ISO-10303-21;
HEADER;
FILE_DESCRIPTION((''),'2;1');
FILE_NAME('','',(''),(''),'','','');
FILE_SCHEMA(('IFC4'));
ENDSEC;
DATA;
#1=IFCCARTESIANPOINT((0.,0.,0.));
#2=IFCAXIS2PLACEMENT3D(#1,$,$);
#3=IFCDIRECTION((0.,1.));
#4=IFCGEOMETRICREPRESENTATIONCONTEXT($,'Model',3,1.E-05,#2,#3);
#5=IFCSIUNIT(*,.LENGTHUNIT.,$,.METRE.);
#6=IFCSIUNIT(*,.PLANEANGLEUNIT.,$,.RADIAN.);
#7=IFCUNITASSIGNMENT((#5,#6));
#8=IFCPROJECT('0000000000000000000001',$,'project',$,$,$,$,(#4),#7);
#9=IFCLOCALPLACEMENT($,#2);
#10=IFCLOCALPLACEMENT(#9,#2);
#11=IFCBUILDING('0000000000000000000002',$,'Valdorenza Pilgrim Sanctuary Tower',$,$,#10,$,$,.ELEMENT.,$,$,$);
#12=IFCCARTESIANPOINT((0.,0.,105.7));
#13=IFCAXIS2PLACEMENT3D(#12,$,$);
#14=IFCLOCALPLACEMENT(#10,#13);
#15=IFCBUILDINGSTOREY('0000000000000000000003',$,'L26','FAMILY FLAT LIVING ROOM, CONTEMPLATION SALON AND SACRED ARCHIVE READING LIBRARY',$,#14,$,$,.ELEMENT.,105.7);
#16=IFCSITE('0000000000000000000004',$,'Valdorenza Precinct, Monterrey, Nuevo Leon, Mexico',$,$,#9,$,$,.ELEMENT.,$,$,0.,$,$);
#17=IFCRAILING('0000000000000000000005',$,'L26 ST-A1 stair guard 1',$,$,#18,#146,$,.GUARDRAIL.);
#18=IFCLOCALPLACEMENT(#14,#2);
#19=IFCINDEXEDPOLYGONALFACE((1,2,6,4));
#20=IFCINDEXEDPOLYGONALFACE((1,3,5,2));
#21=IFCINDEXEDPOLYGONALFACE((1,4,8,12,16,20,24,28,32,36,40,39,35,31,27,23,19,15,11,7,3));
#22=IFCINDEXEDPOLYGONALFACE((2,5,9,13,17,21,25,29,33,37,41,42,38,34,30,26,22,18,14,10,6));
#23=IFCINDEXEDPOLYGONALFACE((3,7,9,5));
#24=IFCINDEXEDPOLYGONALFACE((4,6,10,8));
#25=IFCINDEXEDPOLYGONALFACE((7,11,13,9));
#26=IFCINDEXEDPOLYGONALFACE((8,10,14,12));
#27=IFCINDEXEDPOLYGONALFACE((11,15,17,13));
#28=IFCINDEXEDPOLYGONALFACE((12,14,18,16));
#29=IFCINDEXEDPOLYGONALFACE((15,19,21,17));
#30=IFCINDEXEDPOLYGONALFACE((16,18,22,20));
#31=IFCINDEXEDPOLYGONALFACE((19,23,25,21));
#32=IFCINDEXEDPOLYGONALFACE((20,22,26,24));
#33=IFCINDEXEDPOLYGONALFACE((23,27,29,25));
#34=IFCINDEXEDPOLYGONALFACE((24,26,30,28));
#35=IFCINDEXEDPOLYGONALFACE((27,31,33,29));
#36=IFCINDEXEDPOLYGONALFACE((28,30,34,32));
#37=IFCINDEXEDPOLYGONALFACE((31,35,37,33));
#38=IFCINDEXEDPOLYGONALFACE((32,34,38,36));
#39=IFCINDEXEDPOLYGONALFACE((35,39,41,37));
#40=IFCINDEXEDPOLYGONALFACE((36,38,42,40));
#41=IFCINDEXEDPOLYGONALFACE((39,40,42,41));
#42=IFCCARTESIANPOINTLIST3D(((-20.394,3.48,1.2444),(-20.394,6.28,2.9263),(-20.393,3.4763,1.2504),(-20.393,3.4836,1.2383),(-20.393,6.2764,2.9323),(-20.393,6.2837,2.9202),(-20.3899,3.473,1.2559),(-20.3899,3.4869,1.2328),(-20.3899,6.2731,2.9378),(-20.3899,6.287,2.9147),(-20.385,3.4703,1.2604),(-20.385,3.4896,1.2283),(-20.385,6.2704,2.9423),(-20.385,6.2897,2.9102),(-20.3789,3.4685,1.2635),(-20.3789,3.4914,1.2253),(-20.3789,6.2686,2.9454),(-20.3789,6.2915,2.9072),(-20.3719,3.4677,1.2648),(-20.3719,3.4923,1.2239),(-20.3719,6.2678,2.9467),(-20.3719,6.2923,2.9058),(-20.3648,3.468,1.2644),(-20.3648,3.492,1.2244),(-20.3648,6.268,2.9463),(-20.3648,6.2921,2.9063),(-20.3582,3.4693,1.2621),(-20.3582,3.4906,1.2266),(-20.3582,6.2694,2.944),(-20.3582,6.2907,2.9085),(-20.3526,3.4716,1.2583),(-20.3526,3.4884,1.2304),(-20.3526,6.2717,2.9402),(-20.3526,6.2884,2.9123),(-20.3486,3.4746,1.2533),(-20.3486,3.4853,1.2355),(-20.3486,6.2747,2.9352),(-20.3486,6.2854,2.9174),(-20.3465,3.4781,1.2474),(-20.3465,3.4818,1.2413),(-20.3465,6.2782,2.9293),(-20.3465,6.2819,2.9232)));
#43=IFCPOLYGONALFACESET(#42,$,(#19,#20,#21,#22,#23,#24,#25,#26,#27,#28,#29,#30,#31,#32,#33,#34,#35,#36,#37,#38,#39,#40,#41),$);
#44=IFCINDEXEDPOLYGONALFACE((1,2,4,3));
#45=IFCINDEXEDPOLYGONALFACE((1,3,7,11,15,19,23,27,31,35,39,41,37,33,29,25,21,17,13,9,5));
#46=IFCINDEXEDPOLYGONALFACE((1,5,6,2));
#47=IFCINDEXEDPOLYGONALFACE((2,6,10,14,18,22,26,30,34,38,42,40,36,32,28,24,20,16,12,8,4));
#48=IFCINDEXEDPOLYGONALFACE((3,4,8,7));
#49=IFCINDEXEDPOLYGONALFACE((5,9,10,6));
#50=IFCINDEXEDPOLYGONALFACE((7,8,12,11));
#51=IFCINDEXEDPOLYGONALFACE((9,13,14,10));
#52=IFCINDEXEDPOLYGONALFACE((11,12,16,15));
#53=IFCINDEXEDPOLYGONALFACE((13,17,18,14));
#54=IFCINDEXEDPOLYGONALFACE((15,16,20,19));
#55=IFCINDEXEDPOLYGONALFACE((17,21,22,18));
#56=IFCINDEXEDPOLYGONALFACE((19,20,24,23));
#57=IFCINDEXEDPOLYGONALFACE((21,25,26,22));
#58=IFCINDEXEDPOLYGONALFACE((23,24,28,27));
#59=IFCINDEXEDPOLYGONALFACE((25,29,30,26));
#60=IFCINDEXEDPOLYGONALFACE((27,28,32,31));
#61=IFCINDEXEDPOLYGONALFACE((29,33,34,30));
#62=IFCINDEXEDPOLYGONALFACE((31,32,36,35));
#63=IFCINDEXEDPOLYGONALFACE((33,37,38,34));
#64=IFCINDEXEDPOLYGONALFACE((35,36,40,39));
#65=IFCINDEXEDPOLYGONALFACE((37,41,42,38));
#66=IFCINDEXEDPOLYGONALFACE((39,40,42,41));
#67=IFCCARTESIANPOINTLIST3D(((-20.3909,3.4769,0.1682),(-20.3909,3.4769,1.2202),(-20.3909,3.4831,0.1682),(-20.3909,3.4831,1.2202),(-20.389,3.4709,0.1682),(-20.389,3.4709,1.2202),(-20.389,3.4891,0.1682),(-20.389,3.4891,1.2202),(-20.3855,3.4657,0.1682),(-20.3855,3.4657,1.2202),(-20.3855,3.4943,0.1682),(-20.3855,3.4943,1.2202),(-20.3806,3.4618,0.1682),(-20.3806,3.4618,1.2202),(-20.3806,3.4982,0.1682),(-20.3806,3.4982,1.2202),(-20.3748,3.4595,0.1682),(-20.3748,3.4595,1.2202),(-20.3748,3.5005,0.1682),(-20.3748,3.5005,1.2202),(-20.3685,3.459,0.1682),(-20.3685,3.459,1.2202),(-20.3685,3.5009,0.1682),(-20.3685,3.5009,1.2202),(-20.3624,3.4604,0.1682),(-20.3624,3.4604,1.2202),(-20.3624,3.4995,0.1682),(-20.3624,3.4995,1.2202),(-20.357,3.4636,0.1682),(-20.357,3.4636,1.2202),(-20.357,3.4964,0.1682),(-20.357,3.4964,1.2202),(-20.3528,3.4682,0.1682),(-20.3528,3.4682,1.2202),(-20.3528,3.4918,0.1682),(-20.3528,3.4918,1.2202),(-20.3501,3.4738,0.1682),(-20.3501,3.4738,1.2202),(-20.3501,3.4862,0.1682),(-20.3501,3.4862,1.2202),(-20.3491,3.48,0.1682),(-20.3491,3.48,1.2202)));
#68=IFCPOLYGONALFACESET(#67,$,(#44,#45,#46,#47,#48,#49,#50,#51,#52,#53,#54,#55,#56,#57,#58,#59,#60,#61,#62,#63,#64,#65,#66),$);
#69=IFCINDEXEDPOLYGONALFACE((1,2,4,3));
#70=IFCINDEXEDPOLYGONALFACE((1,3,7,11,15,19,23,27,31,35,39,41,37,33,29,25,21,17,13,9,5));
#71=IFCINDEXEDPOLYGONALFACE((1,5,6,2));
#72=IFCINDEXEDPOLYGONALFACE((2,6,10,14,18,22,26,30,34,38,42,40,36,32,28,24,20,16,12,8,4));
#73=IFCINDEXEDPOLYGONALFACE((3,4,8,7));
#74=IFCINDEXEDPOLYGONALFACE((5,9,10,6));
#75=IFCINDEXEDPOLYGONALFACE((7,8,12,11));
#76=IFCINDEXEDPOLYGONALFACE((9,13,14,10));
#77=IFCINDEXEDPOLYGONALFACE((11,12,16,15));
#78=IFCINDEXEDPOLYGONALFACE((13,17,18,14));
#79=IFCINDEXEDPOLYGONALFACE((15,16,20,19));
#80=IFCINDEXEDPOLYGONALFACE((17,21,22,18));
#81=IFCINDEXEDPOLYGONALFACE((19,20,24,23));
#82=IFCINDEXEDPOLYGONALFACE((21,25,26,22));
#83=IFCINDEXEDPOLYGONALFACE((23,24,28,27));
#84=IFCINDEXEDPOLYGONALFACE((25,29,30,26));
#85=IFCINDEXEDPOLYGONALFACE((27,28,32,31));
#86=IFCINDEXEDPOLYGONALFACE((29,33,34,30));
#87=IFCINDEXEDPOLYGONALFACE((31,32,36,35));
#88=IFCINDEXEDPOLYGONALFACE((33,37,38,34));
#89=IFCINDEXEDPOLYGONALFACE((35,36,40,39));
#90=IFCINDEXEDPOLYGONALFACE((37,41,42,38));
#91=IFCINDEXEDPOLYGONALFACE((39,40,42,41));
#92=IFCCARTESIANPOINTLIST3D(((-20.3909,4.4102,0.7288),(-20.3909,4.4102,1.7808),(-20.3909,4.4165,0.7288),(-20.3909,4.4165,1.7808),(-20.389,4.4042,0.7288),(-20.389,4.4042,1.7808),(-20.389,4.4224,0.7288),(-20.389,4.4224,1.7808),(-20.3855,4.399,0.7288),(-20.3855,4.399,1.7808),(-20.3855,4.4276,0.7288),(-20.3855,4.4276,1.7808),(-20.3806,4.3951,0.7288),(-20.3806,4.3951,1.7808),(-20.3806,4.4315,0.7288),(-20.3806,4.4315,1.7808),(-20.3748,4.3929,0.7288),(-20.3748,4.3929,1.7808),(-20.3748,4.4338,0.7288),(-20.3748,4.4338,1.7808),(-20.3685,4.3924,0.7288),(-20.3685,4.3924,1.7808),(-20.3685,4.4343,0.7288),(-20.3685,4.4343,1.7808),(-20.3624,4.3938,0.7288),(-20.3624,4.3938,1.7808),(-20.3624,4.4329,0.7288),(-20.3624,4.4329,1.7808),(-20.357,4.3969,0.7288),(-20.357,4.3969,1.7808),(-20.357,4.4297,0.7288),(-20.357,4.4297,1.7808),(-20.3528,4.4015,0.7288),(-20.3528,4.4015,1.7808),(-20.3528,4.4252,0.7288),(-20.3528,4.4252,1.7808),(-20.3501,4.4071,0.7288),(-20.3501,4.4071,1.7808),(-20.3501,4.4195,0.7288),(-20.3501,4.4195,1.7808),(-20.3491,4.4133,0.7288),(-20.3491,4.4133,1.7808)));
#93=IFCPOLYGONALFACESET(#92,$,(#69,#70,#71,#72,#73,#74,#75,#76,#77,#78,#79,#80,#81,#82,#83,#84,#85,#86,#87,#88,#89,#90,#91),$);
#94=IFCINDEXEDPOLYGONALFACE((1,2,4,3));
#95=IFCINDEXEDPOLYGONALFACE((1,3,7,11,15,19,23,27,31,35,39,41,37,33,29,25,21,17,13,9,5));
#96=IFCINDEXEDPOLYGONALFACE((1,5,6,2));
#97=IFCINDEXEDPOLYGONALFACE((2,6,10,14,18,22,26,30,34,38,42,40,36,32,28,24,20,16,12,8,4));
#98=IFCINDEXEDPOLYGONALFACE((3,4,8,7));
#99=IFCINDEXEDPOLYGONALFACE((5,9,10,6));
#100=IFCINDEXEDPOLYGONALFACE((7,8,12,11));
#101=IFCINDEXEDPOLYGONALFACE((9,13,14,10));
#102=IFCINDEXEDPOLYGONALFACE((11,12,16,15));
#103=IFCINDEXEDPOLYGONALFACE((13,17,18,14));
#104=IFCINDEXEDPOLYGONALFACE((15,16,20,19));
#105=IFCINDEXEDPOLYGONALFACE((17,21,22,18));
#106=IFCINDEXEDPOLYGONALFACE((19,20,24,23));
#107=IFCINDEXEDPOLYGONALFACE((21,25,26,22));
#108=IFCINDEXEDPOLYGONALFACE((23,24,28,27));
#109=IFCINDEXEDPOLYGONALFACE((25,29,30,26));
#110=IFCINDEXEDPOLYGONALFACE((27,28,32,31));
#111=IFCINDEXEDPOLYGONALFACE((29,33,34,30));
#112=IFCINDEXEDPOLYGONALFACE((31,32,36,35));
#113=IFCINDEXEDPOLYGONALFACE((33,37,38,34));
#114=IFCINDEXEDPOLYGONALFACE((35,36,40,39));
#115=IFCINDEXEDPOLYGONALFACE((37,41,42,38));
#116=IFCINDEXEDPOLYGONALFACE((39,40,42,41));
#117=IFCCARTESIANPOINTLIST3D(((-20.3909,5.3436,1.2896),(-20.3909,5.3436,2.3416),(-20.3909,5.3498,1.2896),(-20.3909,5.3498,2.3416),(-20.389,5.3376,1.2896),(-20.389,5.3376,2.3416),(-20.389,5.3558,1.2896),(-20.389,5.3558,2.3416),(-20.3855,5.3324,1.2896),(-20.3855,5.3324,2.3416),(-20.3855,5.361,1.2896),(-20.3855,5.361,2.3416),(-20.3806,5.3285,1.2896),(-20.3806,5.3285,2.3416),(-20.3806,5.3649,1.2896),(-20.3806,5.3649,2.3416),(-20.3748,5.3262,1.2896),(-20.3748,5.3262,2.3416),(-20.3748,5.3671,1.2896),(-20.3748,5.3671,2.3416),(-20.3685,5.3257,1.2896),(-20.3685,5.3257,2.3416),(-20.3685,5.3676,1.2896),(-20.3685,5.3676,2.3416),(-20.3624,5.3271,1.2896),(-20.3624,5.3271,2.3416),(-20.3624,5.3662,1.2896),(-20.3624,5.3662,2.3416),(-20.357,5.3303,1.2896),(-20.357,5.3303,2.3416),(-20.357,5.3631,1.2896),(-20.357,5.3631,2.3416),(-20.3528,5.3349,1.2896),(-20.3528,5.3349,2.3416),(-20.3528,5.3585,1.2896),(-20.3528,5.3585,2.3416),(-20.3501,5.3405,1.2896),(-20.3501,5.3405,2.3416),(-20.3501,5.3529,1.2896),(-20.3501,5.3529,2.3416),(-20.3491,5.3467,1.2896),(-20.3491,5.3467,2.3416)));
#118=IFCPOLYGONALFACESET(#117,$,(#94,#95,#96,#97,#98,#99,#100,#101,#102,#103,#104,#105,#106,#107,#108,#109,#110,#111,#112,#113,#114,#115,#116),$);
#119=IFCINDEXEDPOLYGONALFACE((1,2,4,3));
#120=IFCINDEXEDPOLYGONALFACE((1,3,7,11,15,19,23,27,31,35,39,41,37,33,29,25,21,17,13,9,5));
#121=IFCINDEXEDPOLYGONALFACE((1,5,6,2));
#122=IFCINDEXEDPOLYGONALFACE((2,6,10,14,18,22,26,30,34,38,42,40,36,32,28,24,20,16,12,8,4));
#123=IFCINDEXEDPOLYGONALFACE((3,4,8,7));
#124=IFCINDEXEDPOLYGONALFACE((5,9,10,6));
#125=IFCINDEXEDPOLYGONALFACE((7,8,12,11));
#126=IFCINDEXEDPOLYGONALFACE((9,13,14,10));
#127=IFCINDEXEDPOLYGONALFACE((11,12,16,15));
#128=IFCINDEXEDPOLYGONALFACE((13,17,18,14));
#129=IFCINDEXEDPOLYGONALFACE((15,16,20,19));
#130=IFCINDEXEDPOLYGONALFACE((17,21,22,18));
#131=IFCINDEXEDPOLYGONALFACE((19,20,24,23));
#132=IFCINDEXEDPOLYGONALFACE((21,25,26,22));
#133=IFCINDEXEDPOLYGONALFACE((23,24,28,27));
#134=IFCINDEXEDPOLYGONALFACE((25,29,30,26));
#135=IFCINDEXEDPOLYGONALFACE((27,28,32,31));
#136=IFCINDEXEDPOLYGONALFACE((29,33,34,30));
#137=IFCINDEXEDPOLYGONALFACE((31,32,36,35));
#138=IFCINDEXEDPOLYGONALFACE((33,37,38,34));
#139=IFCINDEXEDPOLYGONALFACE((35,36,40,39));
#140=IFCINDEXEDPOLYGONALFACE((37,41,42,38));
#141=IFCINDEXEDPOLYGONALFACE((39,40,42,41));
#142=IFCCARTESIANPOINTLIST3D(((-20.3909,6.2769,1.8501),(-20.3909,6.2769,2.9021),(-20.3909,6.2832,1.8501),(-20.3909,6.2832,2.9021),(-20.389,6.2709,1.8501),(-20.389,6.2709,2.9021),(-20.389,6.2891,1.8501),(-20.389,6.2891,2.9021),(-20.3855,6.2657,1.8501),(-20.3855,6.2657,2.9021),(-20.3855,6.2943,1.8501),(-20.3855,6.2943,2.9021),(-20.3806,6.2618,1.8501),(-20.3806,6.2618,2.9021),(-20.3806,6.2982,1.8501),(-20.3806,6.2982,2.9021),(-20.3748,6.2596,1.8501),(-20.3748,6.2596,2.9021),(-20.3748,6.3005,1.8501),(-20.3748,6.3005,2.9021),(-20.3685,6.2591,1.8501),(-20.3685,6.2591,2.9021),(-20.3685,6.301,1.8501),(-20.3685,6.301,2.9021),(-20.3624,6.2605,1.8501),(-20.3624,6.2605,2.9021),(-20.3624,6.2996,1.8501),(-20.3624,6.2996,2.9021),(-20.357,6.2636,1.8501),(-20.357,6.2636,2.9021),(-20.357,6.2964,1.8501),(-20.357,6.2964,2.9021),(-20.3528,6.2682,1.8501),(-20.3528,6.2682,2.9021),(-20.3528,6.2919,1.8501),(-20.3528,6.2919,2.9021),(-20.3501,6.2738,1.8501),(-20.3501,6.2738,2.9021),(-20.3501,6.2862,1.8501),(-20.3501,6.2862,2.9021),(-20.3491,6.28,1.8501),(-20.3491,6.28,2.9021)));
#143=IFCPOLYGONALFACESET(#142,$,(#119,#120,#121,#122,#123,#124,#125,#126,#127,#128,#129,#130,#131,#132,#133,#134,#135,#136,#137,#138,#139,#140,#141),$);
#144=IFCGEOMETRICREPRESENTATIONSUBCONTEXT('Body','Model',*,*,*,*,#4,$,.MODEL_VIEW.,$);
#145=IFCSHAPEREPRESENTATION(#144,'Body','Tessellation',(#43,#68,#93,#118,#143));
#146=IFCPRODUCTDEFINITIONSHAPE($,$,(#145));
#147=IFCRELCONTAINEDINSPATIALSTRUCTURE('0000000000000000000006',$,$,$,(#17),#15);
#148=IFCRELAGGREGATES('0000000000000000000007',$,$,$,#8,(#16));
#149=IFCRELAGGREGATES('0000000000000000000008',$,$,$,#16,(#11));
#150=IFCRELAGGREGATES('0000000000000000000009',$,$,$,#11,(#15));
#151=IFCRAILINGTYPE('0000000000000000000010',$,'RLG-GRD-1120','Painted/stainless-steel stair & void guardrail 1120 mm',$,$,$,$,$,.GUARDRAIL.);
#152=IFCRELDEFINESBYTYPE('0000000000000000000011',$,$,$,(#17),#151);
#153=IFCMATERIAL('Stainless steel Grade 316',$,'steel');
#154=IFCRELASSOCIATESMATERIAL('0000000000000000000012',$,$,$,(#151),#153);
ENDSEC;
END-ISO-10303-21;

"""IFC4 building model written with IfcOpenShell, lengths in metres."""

from ifc_helpers import new_model, si_unit, direction, frame, origin, origin_2d, place, context, subcontext, project, spatial, circle, extrude, material, type_object, element, save


model = new_model("IFC4")

# Units and contexts
model_context = context("Model", 3, precision=1e-05, world=origin(), true_north=direction((0.0, 1.0)))
body_context = subcontext(model_context, "Body", "Model", "MODEL_VIEW")
ifc_project = project(units=[si_unit("LENGTHUNIT", "METRE"), si_unit("PLANEANGLEUNIT", "RADIAN")], contexts=[model_context])

# Site, building, storey
site_placement = place(None, origin())
site = spatial("IfcSite", under=ifc_project, at=site_placement, Name="Valdorenza Precinct, Monterrey, Nuevo Leon, Mexico", CompositionType="ELEMENT", RefElevation=0.0)
building_placement = place(site_placement, origin())
building = spatial("IfcBuilding", under=site, at=building_placement, Name="Valdorenza Pilgrim Sanctuary Tower", CompositionType="ELEMENT")
storey_placement = place(building_placement, frame((0.0, 0.0, 105.7)))
storey = spatial("IfcBuildingStorey", under=building, at=storey_placement, Name="L26", Description="FAMILY FLAT LIVING ROOM, CONTEMPLATION SALON AND SACRED ARCHIVE READING LIBRARY", CompositionType="ELEMENT", Elevation=105.7)

# Railing
ifc_material_1 = material(Name="Stainless steel Grade 316", Category="steel")
railing_type_1 = type_object("IfcRailingType", Name="RLG-GRD-1120", Description="Painted/stainless-steel stair & void guardrail 1120 mm", PredefinedType="GUARDRAIL", material=ifc_material_1)
railing_1_placement = place(storey_placement, frame((-20.3701, 3.48, 0.1682)))
element("IfcRailing", 1, at=railing_1_placement, inside=storey, type_object=railing_type_1, Name="L26 ST-A1 stair guard 1", PredefinedType="GUARDRAIL", context=body_context, shape_type="SweptSolid", body=[
    extrude(circle(Radius=0.0239, at=origin_2d()), frame((0.0, 0.0, 1.0762), z_axis=(0.0, 0.857242, 0.514913), x_axis=(-1.0, 0.0, 0.0)), (0.0, 0.0, 1.0), 3.2664),
    extrude(circle(Radius=0.021, at=origin_2d()), origin(), (0.0, 0.0, 1.0), 1.052),
    extrude(circle(Radius=0.021, at=origin_2d()), frame((0.0, 0.9333, 0.5605)), (0.0, 0.0, 1.0), 1.052),
    extrude(circle(Radius=0.021, at=origin_2d()), frame((0.0, 1.8667, 1.1213)), (0.0, 0.0, 1.0), 1.052),
    extrude(circle(Radius=0.021, at=origin_2d()), frame((0.0, 2.8, 1.6819)), (0.0, 0.0, 1.0), 1.052),
])

save(model, "model.ifc")
